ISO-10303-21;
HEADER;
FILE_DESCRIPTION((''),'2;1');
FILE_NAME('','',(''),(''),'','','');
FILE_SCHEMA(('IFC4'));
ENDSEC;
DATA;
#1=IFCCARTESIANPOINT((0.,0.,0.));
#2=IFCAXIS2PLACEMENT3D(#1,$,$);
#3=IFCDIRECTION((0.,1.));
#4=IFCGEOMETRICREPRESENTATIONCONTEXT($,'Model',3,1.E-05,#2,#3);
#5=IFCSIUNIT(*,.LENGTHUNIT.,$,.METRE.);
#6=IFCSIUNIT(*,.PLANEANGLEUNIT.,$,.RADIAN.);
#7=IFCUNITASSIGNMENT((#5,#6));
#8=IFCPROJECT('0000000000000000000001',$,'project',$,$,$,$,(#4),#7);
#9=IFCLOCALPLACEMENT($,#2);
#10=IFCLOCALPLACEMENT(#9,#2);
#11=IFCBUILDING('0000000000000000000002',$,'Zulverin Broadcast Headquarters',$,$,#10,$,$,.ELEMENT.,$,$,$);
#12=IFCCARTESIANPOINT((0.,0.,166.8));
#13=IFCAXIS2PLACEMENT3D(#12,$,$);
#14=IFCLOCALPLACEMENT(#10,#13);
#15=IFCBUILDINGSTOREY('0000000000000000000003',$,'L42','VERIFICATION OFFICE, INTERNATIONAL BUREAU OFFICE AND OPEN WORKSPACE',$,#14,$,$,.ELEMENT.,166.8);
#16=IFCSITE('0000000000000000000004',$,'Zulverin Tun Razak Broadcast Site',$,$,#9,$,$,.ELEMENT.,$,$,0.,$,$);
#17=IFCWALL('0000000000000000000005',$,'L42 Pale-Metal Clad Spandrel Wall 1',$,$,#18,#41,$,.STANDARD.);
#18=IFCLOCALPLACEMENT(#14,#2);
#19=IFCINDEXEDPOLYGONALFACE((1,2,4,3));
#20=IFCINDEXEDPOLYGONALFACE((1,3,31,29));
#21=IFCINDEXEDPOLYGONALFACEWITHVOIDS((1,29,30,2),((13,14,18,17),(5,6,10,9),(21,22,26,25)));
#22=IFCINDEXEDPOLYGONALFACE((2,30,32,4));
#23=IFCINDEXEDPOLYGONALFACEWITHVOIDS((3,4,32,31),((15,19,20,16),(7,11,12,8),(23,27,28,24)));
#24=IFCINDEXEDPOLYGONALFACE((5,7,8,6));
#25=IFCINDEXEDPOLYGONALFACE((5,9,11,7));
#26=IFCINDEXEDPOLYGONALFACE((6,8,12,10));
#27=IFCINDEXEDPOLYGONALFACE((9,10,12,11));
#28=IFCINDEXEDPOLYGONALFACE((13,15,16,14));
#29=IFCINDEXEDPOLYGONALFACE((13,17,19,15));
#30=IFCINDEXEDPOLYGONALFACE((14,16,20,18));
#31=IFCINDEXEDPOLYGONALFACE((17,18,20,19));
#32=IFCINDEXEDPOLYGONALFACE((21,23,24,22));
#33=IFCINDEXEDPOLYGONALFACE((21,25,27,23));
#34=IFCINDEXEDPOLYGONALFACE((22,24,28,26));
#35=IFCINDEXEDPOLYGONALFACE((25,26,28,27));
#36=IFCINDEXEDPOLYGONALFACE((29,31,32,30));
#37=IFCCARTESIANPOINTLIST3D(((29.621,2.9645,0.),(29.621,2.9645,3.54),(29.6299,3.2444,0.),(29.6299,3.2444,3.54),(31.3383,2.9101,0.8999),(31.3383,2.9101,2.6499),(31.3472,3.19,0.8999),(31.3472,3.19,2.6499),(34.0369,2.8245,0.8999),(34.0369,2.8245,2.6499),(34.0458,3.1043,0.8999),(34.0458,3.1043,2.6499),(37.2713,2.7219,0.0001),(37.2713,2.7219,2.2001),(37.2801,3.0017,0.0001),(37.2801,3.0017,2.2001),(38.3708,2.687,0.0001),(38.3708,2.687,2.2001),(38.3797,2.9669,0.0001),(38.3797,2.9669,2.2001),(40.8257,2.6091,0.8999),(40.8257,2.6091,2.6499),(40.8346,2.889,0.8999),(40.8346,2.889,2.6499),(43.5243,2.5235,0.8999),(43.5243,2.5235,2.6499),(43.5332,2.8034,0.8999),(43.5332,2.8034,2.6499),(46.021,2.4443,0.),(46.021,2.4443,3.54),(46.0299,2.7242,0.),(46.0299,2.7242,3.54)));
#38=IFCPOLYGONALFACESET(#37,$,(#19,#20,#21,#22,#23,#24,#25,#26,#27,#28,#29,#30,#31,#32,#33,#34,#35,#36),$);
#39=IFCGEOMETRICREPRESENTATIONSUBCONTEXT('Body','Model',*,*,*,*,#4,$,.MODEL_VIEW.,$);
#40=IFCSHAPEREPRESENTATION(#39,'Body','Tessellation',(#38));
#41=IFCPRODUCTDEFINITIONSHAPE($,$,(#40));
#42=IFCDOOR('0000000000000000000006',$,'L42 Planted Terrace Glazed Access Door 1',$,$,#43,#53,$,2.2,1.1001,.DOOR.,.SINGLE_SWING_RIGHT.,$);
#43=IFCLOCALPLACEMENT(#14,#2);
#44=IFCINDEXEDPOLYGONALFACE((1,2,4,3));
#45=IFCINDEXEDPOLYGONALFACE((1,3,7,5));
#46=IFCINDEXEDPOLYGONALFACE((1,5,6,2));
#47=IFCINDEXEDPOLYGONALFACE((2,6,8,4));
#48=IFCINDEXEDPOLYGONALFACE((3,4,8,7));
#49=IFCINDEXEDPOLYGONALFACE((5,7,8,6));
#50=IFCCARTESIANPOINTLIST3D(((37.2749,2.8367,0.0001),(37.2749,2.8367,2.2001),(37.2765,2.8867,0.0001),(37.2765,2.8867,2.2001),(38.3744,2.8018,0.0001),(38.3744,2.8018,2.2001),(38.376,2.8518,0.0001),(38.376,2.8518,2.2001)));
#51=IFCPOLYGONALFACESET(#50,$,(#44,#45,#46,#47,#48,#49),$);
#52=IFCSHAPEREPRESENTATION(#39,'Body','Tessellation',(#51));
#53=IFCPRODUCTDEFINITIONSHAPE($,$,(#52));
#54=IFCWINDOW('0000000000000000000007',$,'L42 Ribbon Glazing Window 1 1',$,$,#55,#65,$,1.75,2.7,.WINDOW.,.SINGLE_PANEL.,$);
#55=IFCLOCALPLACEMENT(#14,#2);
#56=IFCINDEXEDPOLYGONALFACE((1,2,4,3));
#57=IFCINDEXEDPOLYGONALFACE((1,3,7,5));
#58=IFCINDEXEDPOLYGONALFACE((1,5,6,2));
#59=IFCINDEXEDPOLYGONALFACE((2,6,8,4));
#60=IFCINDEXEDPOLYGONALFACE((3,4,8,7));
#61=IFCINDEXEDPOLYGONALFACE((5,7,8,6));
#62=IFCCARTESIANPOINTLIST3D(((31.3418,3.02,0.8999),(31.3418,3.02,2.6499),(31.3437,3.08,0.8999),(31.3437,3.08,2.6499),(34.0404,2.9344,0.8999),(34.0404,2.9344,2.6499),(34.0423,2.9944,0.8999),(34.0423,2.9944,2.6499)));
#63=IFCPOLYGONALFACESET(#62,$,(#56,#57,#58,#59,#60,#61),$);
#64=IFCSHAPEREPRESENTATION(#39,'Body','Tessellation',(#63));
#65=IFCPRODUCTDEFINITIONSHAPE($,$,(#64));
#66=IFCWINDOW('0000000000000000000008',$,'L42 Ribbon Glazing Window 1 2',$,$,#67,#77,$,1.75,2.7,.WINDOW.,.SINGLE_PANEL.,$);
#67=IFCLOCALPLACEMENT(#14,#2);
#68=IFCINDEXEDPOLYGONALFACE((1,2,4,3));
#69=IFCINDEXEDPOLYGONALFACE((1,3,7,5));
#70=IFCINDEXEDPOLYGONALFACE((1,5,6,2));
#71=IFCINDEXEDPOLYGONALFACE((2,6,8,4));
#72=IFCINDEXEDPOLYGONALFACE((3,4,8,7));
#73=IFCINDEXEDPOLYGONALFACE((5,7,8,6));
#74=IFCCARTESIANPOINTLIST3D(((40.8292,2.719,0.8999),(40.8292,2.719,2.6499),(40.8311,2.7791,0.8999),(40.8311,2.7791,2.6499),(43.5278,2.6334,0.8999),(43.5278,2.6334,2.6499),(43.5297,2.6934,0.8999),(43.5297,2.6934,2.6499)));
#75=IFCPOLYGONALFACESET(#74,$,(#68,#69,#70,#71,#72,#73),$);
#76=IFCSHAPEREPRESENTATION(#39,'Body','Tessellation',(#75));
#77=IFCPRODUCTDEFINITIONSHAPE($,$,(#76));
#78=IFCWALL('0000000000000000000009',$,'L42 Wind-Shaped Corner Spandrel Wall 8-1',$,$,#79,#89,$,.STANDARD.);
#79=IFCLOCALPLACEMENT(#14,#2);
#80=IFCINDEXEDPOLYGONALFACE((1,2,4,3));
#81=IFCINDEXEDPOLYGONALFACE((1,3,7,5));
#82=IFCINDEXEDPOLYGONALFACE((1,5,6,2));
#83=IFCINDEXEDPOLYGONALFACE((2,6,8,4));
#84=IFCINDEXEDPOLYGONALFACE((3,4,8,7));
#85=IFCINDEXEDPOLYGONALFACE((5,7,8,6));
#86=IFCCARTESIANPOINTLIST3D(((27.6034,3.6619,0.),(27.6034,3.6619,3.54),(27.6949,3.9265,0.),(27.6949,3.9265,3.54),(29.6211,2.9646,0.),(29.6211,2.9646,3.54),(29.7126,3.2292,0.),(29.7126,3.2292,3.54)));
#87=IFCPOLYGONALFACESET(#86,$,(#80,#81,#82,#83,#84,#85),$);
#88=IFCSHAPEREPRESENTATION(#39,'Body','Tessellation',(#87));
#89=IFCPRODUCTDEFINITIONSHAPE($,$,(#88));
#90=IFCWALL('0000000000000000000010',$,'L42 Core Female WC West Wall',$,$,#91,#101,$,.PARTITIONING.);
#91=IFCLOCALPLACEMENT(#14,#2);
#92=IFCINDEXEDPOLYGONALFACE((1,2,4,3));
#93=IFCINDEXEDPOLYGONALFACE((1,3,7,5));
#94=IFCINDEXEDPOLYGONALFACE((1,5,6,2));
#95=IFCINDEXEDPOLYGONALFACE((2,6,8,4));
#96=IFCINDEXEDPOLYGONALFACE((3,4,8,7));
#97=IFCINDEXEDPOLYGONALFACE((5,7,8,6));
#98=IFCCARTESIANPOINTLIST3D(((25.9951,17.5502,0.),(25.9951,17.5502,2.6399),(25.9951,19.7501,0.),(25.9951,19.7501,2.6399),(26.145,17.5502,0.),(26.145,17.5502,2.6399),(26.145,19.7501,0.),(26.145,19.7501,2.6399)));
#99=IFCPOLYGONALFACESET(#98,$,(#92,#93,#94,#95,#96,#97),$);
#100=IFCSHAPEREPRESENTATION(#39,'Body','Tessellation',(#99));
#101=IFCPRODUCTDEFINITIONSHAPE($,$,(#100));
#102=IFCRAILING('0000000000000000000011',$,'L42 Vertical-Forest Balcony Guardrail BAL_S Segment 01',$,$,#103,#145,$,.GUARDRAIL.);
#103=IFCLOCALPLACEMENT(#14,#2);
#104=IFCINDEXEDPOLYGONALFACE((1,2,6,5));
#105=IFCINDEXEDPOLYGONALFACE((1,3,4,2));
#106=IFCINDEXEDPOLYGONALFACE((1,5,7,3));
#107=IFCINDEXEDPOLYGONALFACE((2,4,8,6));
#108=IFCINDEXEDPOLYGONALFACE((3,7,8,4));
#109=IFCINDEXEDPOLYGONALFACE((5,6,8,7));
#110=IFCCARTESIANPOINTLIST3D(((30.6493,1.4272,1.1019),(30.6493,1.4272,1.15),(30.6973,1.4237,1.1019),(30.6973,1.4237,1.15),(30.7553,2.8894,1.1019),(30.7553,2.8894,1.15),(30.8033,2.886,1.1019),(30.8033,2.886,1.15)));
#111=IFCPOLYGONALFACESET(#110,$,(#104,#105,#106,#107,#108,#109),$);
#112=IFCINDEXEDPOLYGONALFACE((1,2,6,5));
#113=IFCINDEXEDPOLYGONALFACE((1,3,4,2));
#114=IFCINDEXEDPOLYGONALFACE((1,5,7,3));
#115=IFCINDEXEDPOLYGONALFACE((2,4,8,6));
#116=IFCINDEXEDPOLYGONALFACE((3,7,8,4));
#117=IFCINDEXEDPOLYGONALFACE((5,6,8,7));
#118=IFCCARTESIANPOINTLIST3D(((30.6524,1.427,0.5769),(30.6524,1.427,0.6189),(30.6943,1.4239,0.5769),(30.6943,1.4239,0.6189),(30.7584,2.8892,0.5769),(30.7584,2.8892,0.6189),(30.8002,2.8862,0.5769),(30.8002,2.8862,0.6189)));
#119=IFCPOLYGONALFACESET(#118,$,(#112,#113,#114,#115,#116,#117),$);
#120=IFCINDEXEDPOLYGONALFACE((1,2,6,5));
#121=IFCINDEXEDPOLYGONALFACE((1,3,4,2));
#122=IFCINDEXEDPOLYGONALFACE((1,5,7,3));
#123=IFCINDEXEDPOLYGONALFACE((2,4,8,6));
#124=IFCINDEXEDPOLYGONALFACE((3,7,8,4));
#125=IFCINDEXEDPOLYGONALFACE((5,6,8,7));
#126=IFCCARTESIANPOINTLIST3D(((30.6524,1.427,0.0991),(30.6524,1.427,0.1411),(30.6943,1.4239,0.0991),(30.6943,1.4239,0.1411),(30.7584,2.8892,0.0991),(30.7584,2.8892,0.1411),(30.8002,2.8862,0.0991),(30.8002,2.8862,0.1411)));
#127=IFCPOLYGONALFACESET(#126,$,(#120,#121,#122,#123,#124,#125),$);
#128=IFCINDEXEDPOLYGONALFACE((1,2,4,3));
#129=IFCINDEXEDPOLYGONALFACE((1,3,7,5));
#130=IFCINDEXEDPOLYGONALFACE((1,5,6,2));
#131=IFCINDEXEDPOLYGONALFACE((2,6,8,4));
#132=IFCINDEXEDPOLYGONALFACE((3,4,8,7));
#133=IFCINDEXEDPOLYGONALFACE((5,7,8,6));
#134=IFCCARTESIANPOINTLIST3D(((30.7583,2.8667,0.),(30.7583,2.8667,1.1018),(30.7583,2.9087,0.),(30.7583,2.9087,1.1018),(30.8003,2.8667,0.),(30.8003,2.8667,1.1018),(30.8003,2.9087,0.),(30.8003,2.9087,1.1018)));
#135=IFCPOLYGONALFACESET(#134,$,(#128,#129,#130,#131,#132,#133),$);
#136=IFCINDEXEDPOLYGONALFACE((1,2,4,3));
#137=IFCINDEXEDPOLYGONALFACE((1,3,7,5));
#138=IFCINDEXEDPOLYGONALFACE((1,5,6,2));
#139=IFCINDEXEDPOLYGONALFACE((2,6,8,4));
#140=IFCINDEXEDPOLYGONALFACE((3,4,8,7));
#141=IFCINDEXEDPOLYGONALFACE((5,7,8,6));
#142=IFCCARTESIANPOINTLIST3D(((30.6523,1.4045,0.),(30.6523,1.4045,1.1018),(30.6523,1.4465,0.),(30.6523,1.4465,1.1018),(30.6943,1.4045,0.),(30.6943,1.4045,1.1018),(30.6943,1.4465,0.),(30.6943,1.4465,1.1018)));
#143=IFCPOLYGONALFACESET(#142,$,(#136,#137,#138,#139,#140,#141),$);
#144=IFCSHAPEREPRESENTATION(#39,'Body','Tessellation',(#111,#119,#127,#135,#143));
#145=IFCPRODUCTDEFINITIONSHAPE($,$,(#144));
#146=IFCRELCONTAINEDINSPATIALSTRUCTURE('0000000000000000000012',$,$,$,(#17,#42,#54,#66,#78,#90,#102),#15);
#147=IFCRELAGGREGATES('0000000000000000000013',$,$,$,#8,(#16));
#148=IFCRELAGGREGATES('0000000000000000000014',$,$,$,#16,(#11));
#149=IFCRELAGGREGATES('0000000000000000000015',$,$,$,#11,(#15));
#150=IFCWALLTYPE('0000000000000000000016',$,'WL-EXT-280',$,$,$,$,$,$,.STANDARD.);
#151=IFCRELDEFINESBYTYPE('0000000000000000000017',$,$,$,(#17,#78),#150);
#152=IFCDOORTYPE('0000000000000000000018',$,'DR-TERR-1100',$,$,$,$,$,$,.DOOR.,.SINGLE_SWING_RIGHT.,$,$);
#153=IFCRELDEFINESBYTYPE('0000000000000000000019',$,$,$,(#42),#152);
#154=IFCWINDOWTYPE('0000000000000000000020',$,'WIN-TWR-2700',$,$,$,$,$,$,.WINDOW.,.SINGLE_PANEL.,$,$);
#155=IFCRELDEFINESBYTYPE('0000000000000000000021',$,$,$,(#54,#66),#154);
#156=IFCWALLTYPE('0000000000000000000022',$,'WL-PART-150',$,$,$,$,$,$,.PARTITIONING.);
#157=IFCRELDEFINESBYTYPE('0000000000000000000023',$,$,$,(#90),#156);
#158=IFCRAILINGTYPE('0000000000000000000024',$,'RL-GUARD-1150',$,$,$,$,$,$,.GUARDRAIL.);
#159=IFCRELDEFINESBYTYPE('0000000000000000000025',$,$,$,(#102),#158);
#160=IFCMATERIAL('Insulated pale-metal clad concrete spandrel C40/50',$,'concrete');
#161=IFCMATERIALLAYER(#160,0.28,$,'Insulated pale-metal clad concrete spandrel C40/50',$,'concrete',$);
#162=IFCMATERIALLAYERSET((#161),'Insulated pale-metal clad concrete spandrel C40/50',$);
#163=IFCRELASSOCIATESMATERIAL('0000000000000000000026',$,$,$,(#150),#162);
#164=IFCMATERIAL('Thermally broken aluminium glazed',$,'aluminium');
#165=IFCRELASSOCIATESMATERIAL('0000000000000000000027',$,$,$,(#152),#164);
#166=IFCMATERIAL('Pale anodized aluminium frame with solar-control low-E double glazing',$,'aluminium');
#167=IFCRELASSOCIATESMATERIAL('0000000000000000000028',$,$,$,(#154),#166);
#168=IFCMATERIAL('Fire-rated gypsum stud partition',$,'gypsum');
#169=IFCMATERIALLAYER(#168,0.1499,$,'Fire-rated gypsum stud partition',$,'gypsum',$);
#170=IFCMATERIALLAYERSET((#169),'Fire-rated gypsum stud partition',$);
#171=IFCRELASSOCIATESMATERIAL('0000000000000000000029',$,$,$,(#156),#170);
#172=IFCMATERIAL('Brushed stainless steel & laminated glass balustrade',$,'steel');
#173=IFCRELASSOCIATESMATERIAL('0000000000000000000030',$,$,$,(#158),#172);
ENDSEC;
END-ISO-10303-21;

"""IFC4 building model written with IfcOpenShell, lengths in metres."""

from ifc_helpers import new_model, si_unit, direction, frame, frame_2d, origin, origin_2d, place, context, subcontext, project, spatial, rectangle, extrude, material, layer, layer_set, type_object, element, fill, save


model = new_model("IFC4")

# Units and contexts
model_context = context("Model", 3, precision=1e-05, world=origin(), true_north=direction((0.0, 1.0)))
body_context = subcontext(model_context, "Body", "Model", "MODEL_VIEW")
ifc_project = project(units=[si_unit("LENGTHUNIT", "METRE"), si_unit("PLANEANGLEUNIT", "RADIAN")], contexts=[model_context])

# Site, building, storey
site_placement = place(None, origin())
site = spatial("IfcSite", under=ifc_project, at=site_placement, Name="Zulverin Tun Razak Broadcast Site", CompositionType="ELEMENT", RefElevation=0.0)
building_placement = place(site_placement, origin())
building = spatial("IfcBuilding", under=site, at=building_placement, Name="Zulverin Broadcast Headquarters", CompositionType="ELEMENT")
storey_placement = place(building_placement, frame((0.0, 0.0, 166.8)))
storey = spatial("IfcBuildingStorey", under=building, at=storey_placement, Name="L42", Description="VERIFICATION OFFICE, INTERNATIONAL BUREAU OFFICE AND OPEN WORKSPACE", CompositionType="ELEMENT", Elevation=166.8)

# Wall, openings, door, windows
ifc_material_1 = material(Name="Insulated pale-metal clad concrete spandrel C40/50", Category="concrete")
ifc_layer_1 = layer(ifc_material_1, 0.28, Name="Insulated pale-metal clad concrete spandrel C40/50", Category="concrete")
ifc_layer_set_1 = layer_set([ifc_layer_1], Name="Insulated pale-metal clad concrete spandrel C40/50")
wall_type_1 = type_object("IfcWallType", Name="WL-EXT-280", PredefinedType="STANDARD", material=ifc_layer_set_1)
wall_1_placement = place(storey_placement, frame((29.6255, 3.1045, 0.0), z_axis=(0.0, 0.0, 1.0), x_axis=(0.999497, -0.031708, 0.0)))
wall_1 = element("IfcWall", 1, at=wall_1_placement, inside=storey, type_object=wall_type_1, Name="L42 Pale-Metal Clad Spandrel Wall 1", PredefinedType="STANDARD", context=body_context, shape_type="SweptSolid", body=[
    extrude(rectangle(XDim=16.4082, YDim=0.28, at=frame_2d((8.2041, 0.0))), origin(), (0.0, 0.0, 1.0), 3.54),
])
opening_1_placement = place(wall_1_placement, frame((7.6541, 0.0, 0.0)))
opening_1 = element("IfcOpeningElement", 2, at=opening_1_placement, cuts=wall_1, PredefinedType="OPENING", context=body_context, shape_type="SweptSolid", body=[
    extrude(rectangle(XDim=1.1001, YDim=2.2, at=frame_2d((0.55, 1.1001))), frame((0.0, 0.1499, 0.0), z_axis=(0.0, -1.0, 0.0), x_axis=(1.0, 0.0, 0.0)), (0.0, 0.0, 1.0), 0.3),
])
opening_2_placement = place(wall_1_placement, frame((1.718, 0.0, 0.8999)))
opening_2 = element("IfcOpeningElement", 3, at=opening_2_placement, cuts=wall_1, PredefinedType="OPENING", context=body_context, shape_type="SweptSolid", body=[
    extrude(rectangle(XDim=2.7, YDim=1.75, at=frame_2d((1.3501, 0.875))), frame((0.0, 0.1499, 0.0), z_axis=(0.0, -1.0, 0.0), x_axis=(1.0, 0.0, 0.0)), (0.0, 0.0, 1.0), 0.3),
])
opening_3_placement = place(wall_1_placement, frame((11.2102, 0.0, 0.8999)))
opening_3 = element("IfcOpeningElement", 4, at=opening_3_placement, cuts=wall_1, PredefinedType="OPENING", context=body_context, shape_type="SweptSolid", body=[
    extrude(rectangle(XDim=2.7, YDim=1.75, at=frame_2d((1.3501, 0.875))), frame((0.0, 0.1499, 0.0), z_axis=(0.0, -1.0, 0.0), x_axis=(1.0, 0.0, 0.0)), (0.0, 0.0, 1.0), 0.3),
])
ifc_material_2 = material(Name="Thermally broken aluminium glazed", Category="aluminium")
door_type = type_object("IfcDoorType", Name="DR-TERR-1100", OperationType="SINGLE_SWING_RIGHT", PredefinedType="DOOR", material=ifc_material_2)
door_placement = place(opening_1_placement, origin())
door = element("IfcDoor", 5, at=door_placement, inside=storey, type_object=door_type, Name="L42 Planted Terrace Glazed Access Door 1", OperationType="SINGLE_SWING_RIGHT", OverallHeight=2.2, OverallWidth=1.1001, PredefinedType="DOOR", context=body_context, shape_type="SweptSolid", body=[
    extrude(rectangle(XDim=1.1001, YDim=2.2, at=frame_2d((0.55, 1.1001))), frame((0.0, 0.0249, 0.0), z_axis=(0.0, -1.0, 0.0), x_axis=(1.0, 0.0, 0.0)), (0.0, 0.0, 1.0), 0.05),
])
fill(opening_1, door)
ifc_material_3 = material(Name="Pale anodized aluminium frame with solar-control low-E double glazing", Category="aluminium")
window_type = type_object("IfcWindowType", Name="WIN-TWR-2700", PartitioningType="SINGLE_PANEL", PredefinedType="WINDOW", material=ifc_material_3)
window_1_placement = place(opening_2_placement, origin())
window_1 = element("IfcWindow", 6, at=window_1_placement, inside=storey, type_object=window_type, Name="L42 Ribbon Glazing Window 1 1", OverallHeight=1.75, OverallWidth=2.7, PartitioningType="SINGLE_PANEL", PredefinedType="WINDOW", context=body_context, shape_type="SweptSolid", body=[
    extrude(rectangle(XDim=2.7, YDim=1.75, at=frame_2d((1.3501, 0.875))), frame((0.0, 0.03, 0.0), z_axis=(0.0, -1.0, 0.0), x_axis=(1.0, 0.0, 0.0)), (0.0, 0.0, 1.0), 0.0601),
])
fill(opening_2, window_1)
window_2_placement = place(opening_3_placement, origin())
window_2 = element("IfcWindow", 7, at=window_2_placement, inside=storey, type_object=window_type, Name="L42 Ribbon Glazing Window 1 2", OverallHeight=1.75, OverallWidth=2.7, PartitioningType="SINGLE_PANEL", PredefinedType="WINDOW", context=body_context, shape_type="SweptSolid", body=[
    extrude(rectangle(XDim=2.7, YDim=1.75, at=frame_2d((1.3501, 0.875))), frame((0.0, 0.03, 0.0), z_axis=(0.0, -1.0, 0.0), x_axis=(1.0, 0.0, 0.0)), (0.0, 0.0, 1.0), 0.0601),
])
fill(opening_3, window_2)

# Walls
wall_2_placement = place(storey_placement, frame((27.6492, 3.7942, 0.0), z_axis=(0.0, 0.0, 1.0), x_axis=(0.945149, -0.326639, 0.0)))
element("IfcWall", 8, at=wall_2_placement, inside=storey, type_object=wall_type_1, Name="L42 Wind-Shaped Corner Spandrel Wall 8-1", PredefinedType="STANDARD", context=body_context, shape_type="SweptSolid", body=[
    extrude(rectangle(XDim=2.1348, YDim=0.28, at=frame_2d((1.0674, 0.0))), origin(), (0.0, 0.0, 1.0), 3.54),
])
ifc_material_4 = material(Name="Fire-rated gypsum stud partition", Category="gypsum")
ifc_layer_2 = layer(ifc_material_4, 0.1499, Name="Fire-rated gypsum stud partition", Category="gypsum")
ifc_layer_set_2 = layer_set([ifc_layer_2], Name="Fire-rated gypsum stud partition")
wall_type_2 = type_object("IfcWallType", Name="WL-PART-150", PredefinedType="PARTITIONING", material=ifc_layer_set_2)
wall_3_placement = place(storey_placement, frame((26.0701, 17.55, 0.0), z_axis=(0.0, 0.0, 1.0), x_axis=(0.0, 1.0, 0.0)))
element("IfcWall", 9, at=wall_3_placement, inside=storey, type_object=wall_type_2, Name="L42 Core Female WC West Wall", PredefinedType="PARTITIONING", context=body_context, shape_type="SweptSolid", body=[
    extrude(rectangle(XDim=2.2, YDim=0.1499, at=frame_2d((1.1001, 0.0))), origin(), (0.0, 0.0, 1.0), 2.6399),
])

# Railing
ifc_material_5 = material(Name="Brushed stainless steel & laminated glass balustrade", Category="steel")
railing_type = type_object("IfcRailingType", Name="RL-GUARD-1150", PredefinedType="GUARDRAIL", material=ifc_material_5)
railing_1_placement = place(storey_placement, frame((30.7793, 2.8877, 0.0)))
element("IfcRailing", 10, at=railing_1_placement, inside=storey, type_object=railing_type, Name="L42 Vertical-Forest Balcony Guardrail BAL_S Segment 01", PredefinedType="GUARDRAIL", context=body_context, shape_type="SweptSolid", body=[
    extrude(rectangle(XDim=0.0481, YDim=0.0481, at=origin_2d()), frame((0.0, 0.0, 1.126), z_axis=(-0.072277, -0.997385, 0.0), x_axis=(0.997385, -0.072277, 0.0)), (0.0, 0.0, 1.0), 1.4661),
    extrude(rectangle(XDim=0.042, YDim=0.042, at=origin_2d()), frame((0.0, 0.0, 0.5979), z_axis=(-0.072277, -0.997385, 0.0), x_axis=(0.997385, -0.072277, 0.0)), (0.0, 0.0, 1.0), 1.4661),
    extrude(rectangle(XDim=0.042, YDim=0.042, at=origin_2d()), frame((0.0, 0.0, 0.1201), z_axis=(-0.072277, -0.997385, 0.0), x_axis=(0.997385, -0.072277, 0.0)), (0.0, 0.0, 1.0), 1.4661),
    extrude(rectangle(XDim=0.042, YDim=0.042, at=origin_2d()), origin(), (0.0, 0.0, 1.0), 1.1018),
    extrude(rectangle(XDim=0.042, YDim=0.042, at=origin_2d()), frame((-0.106, -1.4622, 0.0)), (0.0, 0.0, 1.0), 1.1018),
])

save(model, "model.ifc")
